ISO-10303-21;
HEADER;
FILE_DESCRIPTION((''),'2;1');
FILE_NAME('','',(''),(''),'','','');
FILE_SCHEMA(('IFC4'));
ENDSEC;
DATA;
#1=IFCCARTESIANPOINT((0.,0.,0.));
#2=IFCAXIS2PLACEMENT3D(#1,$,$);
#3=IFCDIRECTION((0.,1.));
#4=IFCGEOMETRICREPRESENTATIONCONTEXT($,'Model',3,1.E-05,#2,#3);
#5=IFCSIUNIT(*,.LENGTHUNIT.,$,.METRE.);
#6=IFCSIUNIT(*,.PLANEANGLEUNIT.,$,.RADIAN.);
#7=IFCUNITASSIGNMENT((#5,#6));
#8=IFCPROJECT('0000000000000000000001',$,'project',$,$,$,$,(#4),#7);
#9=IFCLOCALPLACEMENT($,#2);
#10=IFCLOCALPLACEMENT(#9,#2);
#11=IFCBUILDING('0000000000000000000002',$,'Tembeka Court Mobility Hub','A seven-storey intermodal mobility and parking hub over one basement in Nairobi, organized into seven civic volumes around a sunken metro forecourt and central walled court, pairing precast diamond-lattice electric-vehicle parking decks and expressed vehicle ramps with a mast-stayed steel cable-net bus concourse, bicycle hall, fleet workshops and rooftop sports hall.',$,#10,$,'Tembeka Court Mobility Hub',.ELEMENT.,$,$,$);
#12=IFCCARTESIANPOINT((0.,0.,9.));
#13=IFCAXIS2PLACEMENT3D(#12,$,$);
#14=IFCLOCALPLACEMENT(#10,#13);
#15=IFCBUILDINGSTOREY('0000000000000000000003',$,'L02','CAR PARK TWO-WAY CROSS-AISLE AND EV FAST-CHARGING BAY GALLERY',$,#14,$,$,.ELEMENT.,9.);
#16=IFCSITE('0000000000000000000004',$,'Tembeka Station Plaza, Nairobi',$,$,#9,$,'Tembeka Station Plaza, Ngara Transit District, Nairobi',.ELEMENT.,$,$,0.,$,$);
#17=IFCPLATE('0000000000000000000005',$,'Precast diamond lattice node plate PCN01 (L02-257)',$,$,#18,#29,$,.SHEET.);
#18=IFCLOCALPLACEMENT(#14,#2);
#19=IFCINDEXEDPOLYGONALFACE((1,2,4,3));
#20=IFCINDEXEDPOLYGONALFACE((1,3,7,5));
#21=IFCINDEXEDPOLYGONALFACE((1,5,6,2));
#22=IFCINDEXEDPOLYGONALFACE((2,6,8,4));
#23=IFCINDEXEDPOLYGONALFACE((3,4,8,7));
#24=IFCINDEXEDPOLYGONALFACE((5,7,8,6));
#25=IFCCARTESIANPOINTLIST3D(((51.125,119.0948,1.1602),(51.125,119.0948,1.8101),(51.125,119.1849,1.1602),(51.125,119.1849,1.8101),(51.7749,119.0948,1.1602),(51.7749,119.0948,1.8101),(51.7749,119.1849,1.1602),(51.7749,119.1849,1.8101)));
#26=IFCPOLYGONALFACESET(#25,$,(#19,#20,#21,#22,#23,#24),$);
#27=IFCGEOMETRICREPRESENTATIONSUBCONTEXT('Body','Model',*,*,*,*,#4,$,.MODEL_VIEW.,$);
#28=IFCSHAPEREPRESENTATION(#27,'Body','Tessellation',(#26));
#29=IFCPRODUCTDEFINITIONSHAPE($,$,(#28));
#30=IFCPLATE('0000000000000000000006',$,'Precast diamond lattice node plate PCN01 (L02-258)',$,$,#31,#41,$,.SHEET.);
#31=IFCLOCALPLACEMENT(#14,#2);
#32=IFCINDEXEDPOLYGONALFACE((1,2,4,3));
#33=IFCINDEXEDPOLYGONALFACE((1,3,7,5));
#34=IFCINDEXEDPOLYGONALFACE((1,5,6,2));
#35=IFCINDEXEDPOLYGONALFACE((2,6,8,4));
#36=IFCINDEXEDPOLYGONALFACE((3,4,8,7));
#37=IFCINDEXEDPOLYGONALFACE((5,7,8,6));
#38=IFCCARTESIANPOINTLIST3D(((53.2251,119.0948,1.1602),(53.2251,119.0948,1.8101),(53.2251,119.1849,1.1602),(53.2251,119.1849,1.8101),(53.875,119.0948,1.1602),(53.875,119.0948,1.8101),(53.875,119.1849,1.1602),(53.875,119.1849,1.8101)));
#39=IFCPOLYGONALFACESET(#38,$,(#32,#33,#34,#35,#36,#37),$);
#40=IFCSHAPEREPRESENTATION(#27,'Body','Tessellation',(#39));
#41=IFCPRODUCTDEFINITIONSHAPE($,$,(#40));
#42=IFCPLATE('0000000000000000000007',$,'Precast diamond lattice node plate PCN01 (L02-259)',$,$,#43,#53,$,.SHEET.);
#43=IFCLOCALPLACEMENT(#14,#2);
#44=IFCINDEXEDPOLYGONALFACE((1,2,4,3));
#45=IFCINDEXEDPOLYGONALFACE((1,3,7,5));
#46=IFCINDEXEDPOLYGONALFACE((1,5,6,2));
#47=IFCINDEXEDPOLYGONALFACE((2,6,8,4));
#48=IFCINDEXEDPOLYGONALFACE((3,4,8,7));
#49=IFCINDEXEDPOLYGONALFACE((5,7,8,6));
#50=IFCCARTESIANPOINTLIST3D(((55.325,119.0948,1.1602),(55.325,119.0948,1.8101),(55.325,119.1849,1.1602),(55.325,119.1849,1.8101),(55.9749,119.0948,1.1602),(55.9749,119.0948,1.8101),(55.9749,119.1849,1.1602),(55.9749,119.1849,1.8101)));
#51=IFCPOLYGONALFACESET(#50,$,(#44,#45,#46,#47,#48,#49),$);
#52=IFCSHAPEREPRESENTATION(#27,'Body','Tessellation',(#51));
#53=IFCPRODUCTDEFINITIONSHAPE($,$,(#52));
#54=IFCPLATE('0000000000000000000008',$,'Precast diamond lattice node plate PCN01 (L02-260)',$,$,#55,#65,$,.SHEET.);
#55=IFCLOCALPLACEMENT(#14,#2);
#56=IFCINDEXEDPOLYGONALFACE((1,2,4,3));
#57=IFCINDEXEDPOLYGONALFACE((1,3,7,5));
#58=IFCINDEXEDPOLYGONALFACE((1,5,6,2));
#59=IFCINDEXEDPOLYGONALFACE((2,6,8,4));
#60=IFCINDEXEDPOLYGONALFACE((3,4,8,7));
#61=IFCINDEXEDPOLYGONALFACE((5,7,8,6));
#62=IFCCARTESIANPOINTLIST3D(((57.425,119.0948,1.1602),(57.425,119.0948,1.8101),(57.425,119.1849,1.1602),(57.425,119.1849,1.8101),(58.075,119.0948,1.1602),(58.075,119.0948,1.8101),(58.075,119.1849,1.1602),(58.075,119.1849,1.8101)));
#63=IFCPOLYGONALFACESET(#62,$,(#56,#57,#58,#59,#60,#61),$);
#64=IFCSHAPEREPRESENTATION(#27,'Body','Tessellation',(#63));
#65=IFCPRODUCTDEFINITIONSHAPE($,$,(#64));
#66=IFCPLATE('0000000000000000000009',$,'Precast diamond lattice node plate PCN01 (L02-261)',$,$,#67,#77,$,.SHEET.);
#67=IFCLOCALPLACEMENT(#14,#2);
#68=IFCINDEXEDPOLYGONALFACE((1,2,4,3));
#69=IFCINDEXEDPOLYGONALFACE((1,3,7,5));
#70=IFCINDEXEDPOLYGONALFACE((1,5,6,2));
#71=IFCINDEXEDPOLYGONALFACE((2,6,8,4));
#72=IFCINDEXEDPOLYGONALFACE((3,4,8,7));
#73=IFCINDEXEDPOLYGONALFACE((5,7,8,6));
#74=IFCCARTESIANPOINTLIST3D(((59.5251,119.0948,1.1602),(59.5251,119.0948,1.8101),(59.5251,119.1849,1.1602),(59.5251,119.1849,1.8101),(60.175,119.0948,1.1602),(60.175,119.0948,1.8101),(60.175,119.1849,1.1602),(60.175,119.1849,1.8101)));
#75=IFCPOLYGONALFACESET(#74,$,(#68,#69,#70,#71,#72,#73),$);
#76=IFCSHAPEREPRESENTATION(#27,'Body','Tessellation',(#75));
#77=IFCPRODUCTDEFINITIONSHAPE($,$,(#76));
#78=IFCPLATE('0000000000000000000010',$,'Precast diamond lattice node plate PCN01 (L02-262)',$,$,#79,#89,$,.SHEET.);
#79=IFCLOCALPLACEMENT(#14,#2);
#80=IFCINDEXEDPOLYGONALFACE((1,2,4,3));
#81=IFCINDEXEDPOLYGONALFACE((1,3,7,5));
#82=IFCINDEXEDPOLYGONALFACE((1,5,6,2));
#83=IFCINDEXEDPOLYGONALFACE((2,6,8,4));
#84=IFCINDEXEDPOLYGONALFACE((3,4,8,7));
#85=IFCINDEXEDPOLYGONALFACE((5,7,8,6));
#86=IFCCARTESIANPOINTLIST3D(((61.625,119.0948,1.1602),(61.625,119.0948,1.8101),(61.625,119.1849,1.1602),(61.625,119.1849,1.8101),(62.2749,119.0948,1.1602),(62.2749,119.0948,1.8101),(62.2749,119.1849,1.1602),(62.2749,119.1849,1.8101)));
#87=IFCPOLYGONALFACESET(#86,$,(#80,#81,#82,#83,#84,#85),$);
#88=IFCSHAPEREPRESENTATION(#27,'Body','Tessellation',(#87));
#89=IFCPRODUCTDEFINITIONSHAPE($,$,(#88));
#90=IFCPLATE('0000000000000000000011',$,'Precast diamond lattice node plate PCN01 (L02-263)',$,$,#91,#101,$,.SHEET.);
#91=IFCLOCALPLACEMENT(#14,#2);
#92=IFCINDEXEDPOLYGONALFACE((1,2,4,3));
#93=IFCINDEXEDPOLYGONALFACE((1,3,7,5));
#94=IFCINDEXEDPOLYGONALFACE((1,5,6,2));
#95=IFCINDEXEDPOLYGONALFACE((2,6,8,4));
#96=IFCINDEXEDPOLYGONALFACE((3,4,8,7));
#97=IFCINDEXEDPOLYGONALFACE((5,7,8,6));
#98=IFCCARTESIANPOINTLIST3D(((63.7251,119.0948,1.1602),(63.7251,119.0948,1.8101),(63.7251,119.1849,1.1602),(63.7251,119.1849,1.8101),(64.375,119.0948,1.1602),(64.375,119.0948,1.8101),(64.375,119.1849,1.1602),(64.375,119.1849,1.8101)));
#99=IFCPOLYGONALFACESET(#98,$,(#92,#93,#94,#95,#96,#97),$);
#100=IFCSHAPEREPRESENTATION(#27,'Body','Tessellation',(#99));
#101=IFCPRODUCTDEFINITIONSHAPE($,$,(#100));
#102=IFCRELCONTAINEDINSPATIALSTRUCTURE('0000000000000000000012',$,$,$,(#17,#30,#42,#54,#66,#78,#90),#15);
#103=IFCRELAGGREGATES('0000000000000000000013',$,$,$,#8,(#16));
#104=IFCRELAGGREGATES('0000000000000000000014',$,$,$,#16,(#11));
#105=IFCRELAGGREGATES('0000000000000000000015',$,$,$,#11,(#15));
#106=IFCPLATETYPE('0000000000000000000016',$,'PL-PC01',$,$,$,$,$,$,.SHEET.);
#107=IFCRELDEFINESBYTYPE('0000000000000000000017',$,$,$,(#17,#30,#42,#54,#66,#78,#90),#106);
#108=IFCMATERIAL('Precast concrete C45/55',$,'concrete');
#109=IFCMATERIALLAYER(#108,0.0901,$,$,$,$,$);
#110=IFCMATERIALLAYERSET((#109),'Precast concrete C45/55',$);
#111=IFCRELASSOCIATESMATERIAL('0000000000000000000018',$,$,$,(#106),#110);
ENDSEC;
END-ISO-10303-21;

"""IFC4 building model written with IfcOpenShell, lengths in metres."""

from ifc_helpers import new_model, si_unit, direction, frame, origin, origin_2d, place, context, subcontext, project, spatial, rectangle, extrude, material, layer, layer_set, type_object, element, save


model = new_model("IFC4")

# Units and contexts
model_context = context("Model", 3, precision=1e-05, world=origin(), true_north=direction((0.0, 1.0)))
body_context = subcontext(model_context, "Body", "Model", "MODEL_VIEW")
ifc_project = project(units=[si_unit("LENGTHUNIT", "METRE"), si_unit("PLANEANGLEUNIT", "RADIAN")], contexts=[model_context])

# Site, building, storey
site_placement = place(None, origin())
site = spatial("IfcSite", under=ifc_project, at=site_placement, Name="Tembeka Station Plaza, Nairobi", LongName="Tembeka Station Plaza, Ngara Transit District, Nairobi", CompositionType="ELEMENT", RefElevation=0.0)
building_placement = place(site_placement, origin())
building = spatial("IfcBuilding", under=site, at=building_placement, Name="Tembeka Court Mobility Hub", Description="A seven-storey intermodal mobility and parking hub over one basement in Nairobi, organized into seven civic volumes around a sunken metro forecourt and central walled court, pairing precast diamond-lattice electric-vehicle parking decks and expressed vehicle ramps with a mast-stayed steel cable-net bus concourse, bicycle hall, fleet workshops and rooftop sports hall.", LongName="Tembeka Court Mobility Hub", CompositionType="ELEMENT")
storey_placement = place(building_placement, frame((0.0, 0.0, 9.0)))
storey = spatial("IfcBuildingStorey", under=building, at=storey_placement, Name="L02", Description="CAR PARK TWO-WAY CROSS-AISLE AND EV FAST-CHARGING BAY GALLERY", CompositionType="ELEMENT", Elevation=9.0)

# Shared definitions
ifc_material_1 = material(Name="Precast concrete C45/55", Category="concrete")

# Plates
ifc_layer = layer(ifc_material_1, 0.0901)
ifc_layer_set = layer_set([ifc_layer], Name="Precast concrete C45/55")
plate_type = type_object("IfcPlateType", Name="PL-PC01", PredefinedType="SHEET", material=ifc_layer_set)
for number, where, z_axis, x_axis, name in (
    (1, (51.45, 119.1399, 1.1602), (0.0, 0.0, 1.0), (1.0, 0.0, 0.0), "Precast diamond lattice node plate PCN01 (L02-257)"),
    (2, (53.55, 119.1399, 1.1602), (0.0, 0.0, 1.0), (1.0, 0.0, 0.0), "Precast diamond lattice node plate PCN01 (L02-258)"),
    (3, (55.6499, 119.1399, 1.1602), (0.0, 0.0, 1.0), (1.0, 0.0, 0.0), "Precast diamond lattice node plate PCN01 (L02-259)"),
    (4, (57.75, 119.1399, 1.1602), (0.0, 0.0, 1.0), (1.0, 0.0, 0.0), "Precast diamond lattice node plate PCN01 (L02-260)"),
    (5, (59.8501, 119.1399, 1.1602), (0.0, 0.0, 1.0), (1.0, 0.0, 0.0), "Precast diamond lattice node plate PCN01 (L02-261)"),
    (6, (61.95, 119.1399, 1.1602), (0.0, 0.0, 1.0), (1.0, 0.0, 0.0), "Precast diamond lattice node plate PCN01 (L02-262)"),
    (7, (64.05, 119.1399, 1.1602), (0.0, 0.0, 1.0), (1.0, 0.0, 0.0), "Precast diamond lattice node plate PCN01 (L02-263)"),
):
    element("IfcPlate", number, at=place(storey_placement, frame(where, z_axis=z_axis, x_axis=x_axis)), inside=storey, type_object=plate_type, Name=name, PredefinedType="SHEET", context=body_context, shape_type="SweptSolid", body=[
        extrude(rectangle(XDim=0.6499, YDim=0.0901, at=origin_2d()), origin(), (0.0, 0.0, 1.0), 0.6499),
    ])

save(model, "model.ifc")
